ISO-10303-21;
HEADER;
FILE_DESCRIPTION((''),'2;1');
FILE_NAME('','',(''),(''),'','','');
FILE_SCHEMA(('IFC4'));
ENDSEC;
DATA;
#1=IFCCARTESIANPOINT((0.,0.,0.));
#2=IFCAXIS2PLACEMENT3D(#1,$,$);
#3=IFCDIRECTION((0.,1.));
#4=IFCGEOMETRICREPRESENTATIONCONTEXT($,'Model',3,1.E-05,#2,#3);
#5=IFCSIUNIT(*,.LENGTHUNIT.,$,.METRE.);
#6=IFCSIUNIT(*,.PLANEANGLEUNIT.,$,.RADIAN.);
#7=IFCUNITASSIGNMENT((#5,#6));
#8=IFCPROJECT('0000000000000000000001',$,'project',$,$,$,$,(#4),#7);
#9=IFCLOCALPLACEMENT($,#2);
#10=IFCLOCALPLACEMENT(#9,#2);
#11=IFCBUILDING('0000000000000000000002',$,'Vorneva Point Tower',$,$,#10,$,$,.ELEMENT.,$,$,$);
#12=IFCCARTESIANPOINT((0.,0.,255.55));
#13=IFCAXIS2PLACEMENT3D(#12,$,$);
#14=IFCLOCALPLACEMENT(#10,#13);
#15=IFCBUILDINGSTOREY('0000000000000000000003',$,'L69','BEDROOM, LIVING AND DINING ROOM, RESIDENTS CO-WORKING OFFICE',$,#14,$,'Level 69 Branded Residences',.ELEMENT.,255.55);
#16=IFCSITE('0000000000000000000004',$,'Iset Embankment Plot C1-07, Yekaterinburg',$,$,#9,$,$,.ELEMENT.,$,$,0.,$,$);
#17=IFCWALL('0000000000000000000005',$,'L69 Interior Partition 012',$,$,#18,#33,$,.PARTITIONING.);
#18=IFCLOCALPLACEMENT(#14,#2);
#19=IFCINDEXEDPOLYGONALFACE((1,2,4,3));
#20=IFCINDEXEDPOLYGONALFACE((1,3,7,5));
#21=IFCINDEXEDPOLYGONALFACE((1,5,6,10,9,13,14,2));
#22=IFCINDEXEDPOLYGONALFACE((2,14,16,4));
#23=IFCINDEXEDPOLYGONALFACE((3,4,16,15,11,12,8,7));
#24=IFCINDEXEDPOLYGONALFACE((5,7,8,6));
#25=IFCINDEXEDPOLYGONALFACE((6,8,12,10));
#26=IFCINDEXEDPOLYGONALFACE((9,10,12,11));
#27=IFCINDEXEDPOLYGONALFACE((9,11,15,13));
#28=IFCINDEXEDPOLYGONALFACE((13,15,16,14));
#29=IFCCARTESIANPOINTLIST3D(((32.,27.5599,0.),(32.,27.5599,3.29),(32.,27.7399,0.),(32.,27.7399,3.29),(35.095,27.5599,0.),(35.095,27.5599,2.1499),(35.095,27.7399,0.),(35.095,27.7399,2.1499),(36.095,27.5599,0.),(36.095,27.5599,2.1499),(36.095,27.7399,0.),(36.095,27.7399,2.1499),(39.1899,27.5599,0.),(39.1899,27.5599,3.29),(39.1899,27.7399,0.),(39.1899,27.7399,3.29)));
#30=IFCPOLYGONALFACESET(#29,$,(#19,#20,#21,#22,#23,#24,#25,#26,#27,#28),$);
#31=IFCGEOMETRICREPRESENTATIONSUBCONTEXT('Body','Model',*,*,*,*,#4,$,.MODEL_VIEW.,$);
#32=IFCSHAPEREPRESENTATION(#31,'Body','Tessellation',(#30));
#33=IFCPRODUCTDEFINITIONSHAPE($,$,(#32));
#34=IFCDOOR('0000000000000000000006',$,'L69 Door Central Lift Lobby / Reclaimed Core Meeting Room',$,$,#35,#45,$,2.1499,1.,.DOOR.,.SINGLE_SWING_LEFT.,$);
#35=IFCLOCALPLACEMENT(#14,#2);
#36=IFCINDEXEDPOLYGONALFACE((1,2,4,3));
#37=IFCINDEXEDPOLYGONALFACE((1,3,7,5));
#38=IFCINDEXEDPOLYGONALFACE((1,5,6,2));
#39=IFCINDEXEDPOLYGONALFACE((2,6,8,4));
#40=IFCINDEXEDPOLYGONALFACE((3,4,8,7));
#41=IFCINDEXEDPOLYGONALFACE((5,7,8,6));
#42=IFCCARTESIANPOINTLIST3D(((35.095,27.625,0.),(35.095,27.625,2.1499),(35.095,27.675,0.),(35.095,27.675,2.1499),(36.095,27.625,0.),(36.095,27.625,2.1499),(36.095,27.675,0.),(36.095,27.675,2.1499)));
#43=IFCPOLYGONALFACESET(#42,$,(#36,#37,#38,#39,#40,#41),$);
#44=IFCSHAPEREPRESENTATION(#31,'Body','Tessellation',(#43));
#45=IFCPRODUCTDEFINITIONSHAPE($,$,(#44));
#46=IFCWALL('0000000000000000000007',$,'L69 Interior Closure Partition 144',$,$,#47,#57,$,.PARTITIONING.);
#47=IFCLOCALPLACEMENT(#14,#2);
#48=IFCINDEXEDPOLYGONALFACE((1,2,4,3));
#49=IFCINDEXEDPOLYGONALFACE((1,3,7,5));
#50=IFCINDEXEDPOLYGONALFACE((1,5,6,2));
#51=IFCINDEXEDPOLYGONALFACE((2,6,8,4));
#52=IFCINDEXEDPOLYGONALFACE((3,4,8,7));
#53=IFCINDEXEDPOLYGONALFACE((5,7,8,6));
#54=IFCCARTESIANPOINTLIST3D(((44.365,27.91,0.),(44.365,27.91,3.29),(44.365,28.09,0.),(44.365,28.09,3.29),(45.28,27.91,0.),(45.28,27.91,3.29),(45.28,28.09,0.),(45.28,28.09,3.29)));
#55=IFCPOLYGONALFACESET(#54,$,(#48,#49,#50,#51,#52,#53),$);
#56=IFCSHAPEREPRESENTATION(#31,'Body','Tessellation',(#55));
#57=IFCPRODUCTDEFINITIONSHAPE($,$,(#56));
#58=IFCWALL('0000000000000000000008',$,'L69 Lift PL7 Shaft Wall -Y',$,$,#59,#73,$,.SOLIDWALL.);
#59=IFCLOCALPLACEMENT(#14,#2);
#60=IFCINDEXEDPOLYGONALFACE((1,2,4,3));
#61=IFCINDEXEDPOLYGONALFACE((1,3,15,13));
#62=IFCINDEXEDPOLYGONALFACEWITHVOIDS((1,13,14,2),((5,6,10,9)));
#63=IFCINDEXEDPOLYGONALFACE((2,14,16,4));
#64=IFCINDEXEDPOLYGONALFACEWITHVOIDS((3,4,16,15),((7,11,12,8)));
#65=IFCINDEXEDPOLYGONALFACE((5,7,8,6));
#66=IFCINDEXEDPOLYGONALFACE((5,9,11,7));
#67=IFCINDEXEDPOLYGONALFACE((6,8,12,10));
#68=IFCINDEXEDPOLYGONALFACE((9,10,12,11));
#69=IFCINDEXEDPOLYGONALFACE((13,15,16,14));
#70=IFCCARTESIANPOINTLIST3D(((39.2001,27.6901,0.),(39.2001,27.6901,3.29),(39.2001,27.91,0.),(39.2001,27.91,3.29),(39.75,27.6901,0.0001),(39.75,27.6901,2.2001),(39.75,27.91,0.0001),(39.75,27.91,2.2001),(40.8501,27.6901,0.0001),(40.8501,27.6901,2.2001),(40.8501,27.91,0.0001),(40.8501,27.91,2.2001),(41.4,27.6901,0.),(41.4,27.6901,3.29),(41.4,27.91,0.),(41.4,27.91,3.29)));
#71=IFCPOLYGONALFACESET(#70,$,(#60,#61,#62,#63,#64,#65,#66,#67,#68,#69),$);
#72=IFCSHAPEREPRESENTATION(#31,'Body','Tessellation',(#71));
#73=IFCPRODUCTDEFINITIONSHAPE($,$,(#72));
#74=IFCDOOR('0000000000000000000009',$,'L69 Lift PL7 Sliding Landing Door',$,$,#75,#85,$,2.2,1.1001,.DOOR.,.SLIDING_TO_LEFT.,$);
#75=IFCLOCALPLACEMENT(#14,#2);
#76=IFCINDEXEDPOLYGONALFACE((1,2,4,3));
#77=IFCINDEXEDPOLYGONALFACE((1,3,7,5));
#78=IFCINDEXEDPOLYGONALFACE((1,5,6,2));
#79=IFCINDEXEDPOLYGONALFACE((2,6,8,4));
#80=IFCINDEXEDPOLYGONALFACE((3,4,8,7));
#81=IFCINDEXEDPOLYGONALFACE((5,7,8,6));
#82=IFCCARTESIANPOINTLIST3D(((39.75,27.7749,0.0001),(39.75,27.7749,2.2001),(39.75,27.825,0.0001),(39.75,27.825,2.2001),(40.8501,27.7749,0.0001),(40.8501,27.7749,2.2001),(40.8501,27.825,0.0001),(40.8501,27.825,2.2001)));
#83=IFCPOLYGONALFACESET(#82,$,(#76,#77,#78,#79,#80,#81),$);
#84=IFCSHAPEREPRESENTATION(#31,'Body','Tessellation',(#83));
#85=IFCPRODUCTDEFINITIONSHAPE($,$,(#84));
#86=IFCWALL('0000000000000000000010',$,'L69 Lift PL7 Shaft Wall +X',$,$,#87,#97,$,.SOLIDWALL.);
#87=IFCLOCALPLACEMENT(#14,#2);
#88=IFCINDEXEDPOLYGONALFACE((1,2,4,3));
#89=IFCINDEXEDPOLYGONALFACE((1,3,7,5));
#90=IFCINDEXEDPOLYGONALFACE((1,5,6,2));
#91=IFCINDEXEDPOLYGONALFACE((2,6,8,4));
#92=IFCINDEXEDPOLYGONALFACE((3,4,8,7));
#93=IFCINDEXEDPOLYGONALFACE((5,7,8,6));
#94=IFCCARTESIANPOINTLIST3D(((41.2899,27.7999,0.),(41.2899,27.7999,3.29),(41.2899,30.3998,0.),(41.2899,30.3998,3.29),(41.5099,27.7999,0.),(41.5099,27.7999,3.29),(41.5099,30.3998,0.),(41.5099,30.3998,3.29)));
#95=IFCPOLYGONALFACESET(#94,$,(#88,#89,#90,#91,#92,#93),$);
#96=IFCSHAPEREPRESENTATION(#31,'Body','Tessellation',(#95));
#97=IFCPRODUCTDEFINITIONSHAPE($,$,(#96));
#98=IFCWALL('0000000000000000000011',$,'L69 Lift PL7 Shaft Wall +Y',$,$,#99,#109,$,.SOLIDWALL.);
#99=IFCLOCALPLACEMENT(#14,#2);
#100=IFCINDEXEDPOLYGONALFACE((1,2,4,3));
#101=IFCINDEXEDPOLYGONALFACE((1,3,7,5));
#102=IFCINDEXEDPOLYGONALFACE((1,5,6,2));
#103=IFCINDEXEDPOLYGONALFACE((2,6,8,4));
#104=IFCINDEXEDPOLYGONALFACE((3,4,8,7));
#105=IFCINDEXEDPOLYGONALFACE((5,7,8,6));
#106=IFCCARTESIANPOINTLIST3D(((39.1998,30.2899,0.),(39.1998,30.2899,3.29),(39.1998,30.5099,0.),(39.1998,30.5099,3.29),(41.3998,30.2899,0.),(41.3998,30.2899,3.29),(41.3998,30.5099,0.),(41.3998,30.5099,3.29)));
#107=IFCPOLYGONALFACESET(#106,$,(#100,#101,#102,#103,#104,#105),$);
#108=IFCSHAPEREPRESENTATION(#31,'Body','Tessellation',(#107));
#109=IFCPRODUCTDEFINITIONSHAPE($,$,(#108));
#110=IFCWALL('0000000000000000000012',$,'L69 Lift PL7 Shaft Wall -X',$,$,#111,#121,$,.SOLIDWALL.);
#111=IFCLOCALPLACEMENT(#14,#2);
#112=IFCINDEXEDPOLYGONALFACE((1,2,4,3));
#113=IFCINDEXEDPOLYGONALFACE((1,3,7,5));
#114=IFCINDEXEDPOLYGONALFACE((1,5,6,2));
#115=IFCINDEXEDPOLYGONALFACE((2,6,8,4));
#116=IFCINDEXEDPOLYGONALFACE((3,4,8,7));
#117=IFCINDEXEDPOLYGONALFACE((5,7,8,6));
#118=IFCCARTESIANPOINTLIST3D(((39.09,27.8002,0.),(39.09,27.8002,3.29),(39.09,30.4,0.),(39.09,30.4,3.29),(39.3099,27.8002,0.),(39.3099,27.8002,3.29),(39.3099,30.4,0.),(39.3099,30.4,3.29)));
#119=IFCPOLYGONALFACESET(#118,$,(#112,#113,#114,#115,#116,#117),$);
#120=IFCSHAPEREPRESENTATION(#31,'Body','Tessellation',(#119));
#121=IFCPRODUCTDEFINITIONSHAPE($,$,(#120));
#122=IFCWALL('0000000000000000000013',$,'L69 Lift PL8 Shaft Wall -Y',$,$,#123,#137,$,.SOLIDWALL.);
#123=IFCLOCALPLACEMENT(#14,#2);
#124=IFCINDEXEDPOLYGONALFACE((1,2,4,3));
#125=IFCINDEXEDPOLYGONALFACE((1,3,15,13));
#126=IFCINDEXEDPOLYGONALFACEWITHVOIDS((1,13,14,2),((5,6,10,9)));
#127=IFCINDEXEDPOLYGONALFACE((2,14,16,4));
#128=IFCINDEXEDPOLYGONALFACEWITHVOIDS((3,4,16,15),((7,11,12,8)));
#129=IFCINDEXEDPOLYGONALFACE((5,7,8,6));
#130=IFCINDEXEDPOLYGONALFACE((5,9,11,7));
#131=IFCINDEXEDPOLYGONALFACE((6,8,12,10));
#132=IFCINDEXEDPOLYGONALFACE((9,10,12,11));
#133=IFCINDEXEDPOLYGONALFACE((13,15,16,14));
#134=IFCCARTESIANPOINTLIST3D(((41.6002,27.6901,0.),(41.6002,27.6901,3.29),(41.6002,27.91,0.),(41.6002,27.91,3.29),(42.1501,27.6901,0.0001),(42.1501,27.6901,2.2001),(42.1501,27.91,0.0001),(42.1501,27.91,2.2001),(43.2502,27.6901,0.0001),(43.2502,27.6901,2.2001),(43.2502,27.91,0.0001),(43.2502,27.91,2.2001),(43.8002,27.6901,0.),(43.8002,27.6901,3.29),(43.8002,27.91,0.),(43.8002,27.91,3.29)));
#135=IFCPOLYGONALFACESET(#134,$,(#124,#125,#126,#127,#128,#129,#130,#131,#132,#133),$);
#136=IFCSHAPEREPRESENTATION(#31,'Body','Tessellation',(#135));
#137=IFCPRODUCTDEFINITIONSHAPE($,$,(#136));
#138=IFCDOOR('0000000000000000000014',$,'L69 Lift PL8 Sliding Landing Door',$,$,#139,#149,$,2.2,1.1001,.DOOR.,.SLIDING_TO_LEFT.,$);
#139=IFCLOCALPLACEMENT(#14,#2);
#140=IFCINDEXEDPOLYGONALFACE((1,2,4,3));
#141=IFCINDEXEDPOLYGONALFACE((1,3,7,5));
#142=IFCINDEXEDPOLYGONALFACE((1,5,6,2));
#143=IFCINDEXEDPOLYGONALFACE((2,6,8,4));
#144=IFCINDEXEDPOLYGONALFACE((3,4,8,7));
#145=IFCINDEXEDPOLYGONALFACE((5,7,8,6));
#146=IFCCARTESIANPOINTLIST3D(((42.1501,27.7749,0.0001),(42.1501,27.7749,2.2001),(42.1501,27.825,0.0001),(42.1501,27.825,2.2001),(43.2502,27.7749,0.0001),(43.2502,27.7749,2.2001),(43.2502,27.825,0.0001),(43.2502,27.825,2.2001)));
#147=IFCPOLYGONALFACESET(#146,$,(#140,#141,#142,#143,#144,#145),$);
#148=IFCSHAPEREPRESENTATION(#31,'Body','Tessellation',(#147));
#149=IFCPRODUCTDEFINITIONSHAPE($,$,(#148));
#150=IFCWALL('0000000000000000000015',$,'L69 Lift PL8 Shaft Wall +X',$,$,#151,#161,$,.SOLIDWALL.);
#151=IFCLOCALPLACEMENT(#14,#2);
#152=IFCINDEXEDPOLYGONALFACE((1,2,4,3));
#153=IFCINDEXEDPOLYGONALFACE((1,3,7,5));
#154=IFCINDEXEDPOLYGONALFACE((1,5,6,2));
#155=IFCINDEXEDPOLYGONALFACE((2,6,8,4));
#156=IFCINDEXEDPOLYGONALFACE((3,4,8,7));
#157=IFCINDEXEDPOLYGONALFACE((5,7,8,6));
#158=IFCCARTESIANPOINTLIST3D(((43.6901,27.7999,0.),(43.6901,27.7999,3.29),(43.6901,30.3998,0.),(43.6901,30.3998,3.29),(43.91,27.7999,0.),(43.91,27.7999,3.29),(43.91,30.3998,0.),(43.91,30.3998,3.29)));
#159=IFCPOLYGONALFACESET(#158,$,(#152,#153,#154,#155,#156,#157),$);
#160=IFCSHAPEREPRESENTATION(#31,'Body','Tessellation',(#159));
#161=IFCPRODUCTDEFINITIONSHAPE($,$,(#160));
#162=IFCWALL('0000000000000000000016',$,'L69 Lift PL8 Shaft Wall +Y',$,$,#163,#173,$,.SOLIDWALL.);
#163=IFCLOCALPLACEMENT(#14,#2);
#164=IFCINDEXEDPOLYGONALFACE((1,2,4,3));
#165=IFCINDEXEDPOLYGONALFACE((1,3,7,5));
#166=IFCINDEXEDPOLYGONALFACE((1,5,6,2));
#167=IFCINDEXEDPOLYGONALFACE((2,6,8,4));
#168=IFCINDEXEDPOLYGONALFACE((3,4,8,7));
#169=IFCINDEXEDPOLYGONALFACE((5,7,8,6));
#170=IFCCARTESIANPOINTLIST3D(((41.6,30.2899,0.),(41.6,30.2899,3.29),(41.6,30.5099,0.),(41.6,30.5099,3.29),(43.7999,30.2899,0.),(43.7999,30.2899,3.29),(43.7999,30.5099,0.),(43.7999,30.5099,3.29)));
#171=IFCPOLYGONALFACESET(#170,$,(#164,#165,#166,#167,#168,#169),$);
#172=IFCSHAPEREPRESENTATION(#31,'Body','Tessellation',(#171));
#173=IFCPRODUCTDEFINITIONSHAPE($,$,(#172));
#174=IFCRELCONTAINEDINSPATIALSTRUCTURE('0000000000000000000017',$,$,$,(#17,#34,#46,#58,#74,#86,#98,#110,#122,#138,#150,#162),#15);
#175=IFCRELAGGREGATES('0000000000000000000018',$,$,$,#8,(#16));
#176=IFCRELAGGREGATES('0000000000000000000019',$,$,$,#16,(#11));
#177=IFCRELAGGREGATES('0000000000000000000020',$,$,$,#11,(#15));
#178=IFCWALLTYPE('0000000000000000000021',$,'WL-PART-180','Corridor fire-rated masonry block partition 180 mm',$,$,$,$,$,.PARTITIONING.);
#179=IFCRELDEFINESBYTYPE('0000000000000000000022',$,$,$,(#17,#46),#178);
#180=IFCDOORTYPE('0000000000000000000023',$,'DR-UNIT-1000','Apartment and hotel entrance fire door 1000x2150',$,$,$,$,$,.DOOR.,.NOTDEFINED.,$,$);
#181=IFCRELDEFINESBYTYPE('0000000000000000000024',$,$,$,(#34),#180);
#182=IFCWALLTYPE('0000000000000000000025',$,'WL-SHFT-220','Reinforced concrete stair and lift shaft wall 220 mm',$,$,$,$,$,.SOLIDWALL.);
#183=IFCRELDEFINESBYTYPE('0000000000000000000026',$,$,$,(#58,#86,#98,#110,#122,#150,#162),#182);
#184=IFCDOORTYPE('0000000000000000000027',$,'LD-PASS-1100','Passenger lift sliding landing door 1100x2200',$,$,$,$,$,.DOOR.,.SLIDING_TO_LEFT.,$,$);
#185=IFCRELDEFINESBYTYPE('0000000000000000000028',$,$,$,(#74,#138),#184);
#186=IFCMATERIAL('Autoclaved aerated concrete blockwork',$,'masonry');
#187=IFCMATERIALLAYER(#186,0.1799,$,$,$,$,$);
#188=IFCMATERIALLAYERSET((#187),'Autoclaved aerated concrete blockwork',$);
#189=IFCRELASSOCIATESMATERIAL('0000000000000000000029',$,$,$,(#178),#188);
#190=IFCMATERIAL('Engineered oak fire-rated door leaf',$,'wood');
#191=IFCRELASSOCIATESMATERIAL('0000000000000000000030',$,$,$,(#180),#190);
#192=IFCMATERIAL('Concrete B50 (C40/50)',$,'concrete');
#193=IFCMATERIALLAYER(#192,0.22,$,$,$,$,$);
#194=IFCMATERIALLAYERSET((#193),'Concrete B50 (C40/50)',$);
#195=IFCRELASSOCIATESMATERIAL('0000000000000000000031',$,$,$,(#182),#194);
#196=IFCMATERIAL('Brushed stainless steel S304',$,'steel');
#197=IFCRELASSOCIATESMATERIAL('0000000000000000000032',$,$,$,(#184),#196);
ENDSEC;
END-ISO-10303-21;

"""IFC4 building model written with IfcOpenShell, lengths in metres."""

from ifc_helpers import new_model, si_unit, direction, frame, frame_2d, origin, place, context, subcontext, project, spatial, rectangle, extrude, material, layer, layer_set, type_object, element, fill, save


model = new_model("IFC4")

# Units and contexts
model_context = context("Model", 3, precision=1e-05, world=origin(), true_north=direction((0.0, 1.0)))
body_context = subcontext(model_context, "Body", "Model", "MODEL_VIEW")
ifc_project = project(units=[si_unit("LENGTHUNIT", "METRE"), si_unit("PLANEANGLEUNIT", "RADIAN")], contexts=[model_context])

# Site, building, storey
site_placement = place(None, origin())
site = spatial("IfcSite", under=ifc_project, at=site_placement, Name="Iset Embankment Plot C1-07, Yekaterinburg", CompositionType="ELEMENT", RefElevation=0.0)
building_placement = place(site_placement, origin())
building = spatial("IfcBuilding", under=site, at=building_placement, Name="Vorneva Point Tower", CompositionType="ELEMENT")
storey_placement = place(building_placement, frame((0.0, 0.0, 255.55)))
storey = spatial("IfcBuildingStorey", under=building, at=storey_placement, Name="L69", Description="BEDROOM, LIVING AND DINING ROOM, RESIDENTS CO-WORKING OFFICE", LongName="Level 69 Branded Residences", CompositionType="ELEMENT", Elevation=255.55)

# Shared definitions
ifc_material_1 = material(Name="Concrete B50 (C40/50)", Category="concrete")

# Shared definitions
ifc_material_2 = material(Name="Brushed stainless steel S304", Category="steel")

# Wall, opening, door
ifc_material_3 = material(Name="Autoclaved aerated concrete blockwork", Category="masonry")
ifc_layer_1 = layer(ifc_material_3, 0.1799)
ifc_layer_set_1 = layer_set([ifc_layer_1], Name="Autoclaved aerated concrete blockwork")
wall_type_1 = type_object("IfcWallType", Name="WL-PART-180", Description="Corridor fire-rated masonry block partition 180 mm", PredefinedType="PARTITIONING", material=ifc_layer_set_1)
wall_1_placement = place(storey_placement, frame((39.1899, 27.6499, 0.0), z_axis=(0.0, 0.0, 1.0), x_axis=(-1.0, 0.0, 0.0)))
wall_1 = element("IfcWall", 1, at=wall_1_placement, inside=storey, type_object=wall_type_1, Name="L69 Interior Partition 012", PredefinedType="PARTITIONING", context=body_context, shape_type="SweptSolid", body=[
    extrude(rectangle(XDim=7.1899, YDim=0.1799, at=frame_2d((3.595, 0.0))), origin(), (0.0, 0.0, 1.0), 3.29),
])
opening_1_placement = place(wall_1_placement, frame((3.095, 0.0, 0.0)))
opening_1 = element("IfcOpeningElement", 2, at=opening_1_placement, cuts=wall_1, PredefinedType="OPENING", context=body_context, shape_type="SweptSolid", body=[
    extrude(rectangle(XDim=1.0, YDim=2.1499, at=frame_2d((0.5, 1.075))), frame((0.0, 0.105, 0.0), z_axis=(0.0, -1.0, 0.0), x_axis=(1.0, 0.0, 0.0)), (0.0, 0.0, 1.0), 0.2097),
])
ifc_material_4 = material(Name="Engineered oak fire-rated door leaf", Category="wood")
door_type_1 = type_object("IfcDoorType", Name="DR-UNIT-1000", Description="Apartment and hotel entrance fire door 1000x2150", OperationType="NOTDEFINED", PredefinedType="DOOR", material=ifc_material_4)
door_1_placement = place(opening_1_placement, origin())
door_1 = element("IfcDoor", 3, at=door_1_placement, inside=storey, type_object=door_type_1, Name="L69 Door Central Lift Lobby / Reclaimed Core Meeting Room", OperationType="SINGLE_SWING_LEFT", OverallHeight=2.1499, OverallWidth=1.0, PredefinedType="DOOR", context=body_context, shape_type="SweptSolid", body=[
    extrude(rectangle(XDim=1.0, YDim=2.1499, at=frame_2d((0.5, 1.075))), frame((0.0, 0.0249, 0.0), z_axis=(0.0, -1.0, 0.0), x_axis=(1.0, 0.0, 0.0)), (0.0, 0.0, 1.0), 0.05),
])
fill(opening_1, door_1)

# Wall
wall_2_placement = place(storey_placement, frame((45.28, 28.0, 0.0), z_axis=(0.0, 0.0, 1.0), x_axis=(-1.0, 0.0, 0.0)))
element("IfcWall", 4, at=wall_2_placement, inside=storey, type_object=wall_type_1, Name="L69 Interior Closure Partition 144", PredefinedType="PARTITIONING", context=body_context, shape_type="SweptSolid", body=[
    extrude(rectangle(XDim=0.915, YDim=0.1799, at=frame_2d((0.4575, 0.0))), origin(), (0.0, 0.0, 1.0), 3.29),
])

# Wall, opening, door
ifc_layer_2 = layer(ifc_material_1, 0.22)
ifc_layer_set_2 = layer_set([ifc_layer_2], Name="Concrete B50 (C40/50)")
wall_type_2 = type_object("IfcWallType", Name="WL-SHFT-220", Description="Reinforced concrete stair and lift shaft wall 220 mm", PredefinedType="SOLIDWALL", material=ifc_layer_set_2)
wall_3_placement = place(storey_placement, frame((39.2, 27.8, 0.0), z_axis=(0.0, 0.0, 1.0), x_axis=(1.0, 0.0, 0.0)))
wall_3 = element("IfcWall", 5, at=wall_3_placement, inside=storey, type_object=wall_type_2, Name="L69 Lift PL7 Shaft Wall -Y", PredefinedType="SOLIDWALL", context=body_context, shape_type="SweptSolid", body=[
    extrude(rectangle(XDim=2.2, YDim=0.22, at=frame_2d((1.1001, 0.0))), origin(), (0.0, 0.0, 1.0), 3.29),
])
opening_2_placement = place(wall_3_placement, frame((0.55, 0.0, 0.0)))
opening_2 = element("IfcOpeningElement", 6, at=opening_2_placement, cuts=wall_3, PredefinedType="OPENING", context=body_context, shape_type="SweptSolid", body=[
    extrude(rectangle(XDim=1.1001, YDim=2.2, at=frame_2d((0.55, 1.1001))), frame((0.0, 0.125, 0.0), z_axis=(0.0, -1.0, 0.0), x_axis=(1.0, 0.0, 0.0)), (0.0, 0.0, 1.0), 0.2498),
])
door_type_2 = type_object("IfcDoorType", Name="LD-PASS-1100", Description="Passenger lift sliding landing door 1100x2200", OperationType="SLIDING_TO_LEFT", PredefinedType="DOOR", material=ifc_material_2)
door_2_placement = place(opening_2_placement, origin())
door_2 = element("IfcDoor", 7, at=door_2_placement, inside=storey, type_object=door_type_2, Name="L69 Lift PL7 Sliding Landing Door", OperationType="SLIDING_TO_LEFT", OverallHeight=2.2, OverallWidth=1.1001, PredefinedType="DOOR", context=body_context, shape_type="SweptSolid", body=[
    extrude(rectangle(XDim=1.1001, YDim=2.2, at=frame_2d((0.55, 1.1001))), frame((0.0, 0.0249, 0.0), z_axis=(0.0, -1.0, 0.0), x_axis=(1.0, 0.0, 0.0)), (0.0, 0.0, 1.0), 0.05),
])
fill(opening_2, door_2)

# Walls
wall_4_placement = place(storey_placement, frame((41.3999, 27.8, 0.0), z_axis=(0.0, 0.0, 1.0), x_axis=(0.0, 1.0, 0.0)))
element("IfcWall", 8, at=wall_4_placement, inside=storey, type_object=wall_type_2, Name="L69 Lift PL7 Shaft Wall +X", PredefinedType="SOLIDWALL", context=body_context, shape_type="SweptSolid", body=[
    extrude(rectangle(XDim=2.5999, YDim=0.22, at=frame_2d((1.2998, 0.0))), origin(), (0.0, 0.0, 1.0), 3.29),
])
wall_5_placement = place(storey_placement, frame((41.3999, 30.3999, 0.0), z_axis=(0.0, 0.0, 1.0), x_axis=(-1.0, 0.0, 0.0)))
element("IfcWall", 9, at=wall_5_placement, inside=storey, type_object=wall_type_2, Name="L69 Lift PL7 Shaft Wall +Y", PredefinedType="SOLIDWALL", context=body_context, shape_type="SweptSolid", body=[
    extrude(rectangle(XDim=2.2, YDim=0.22, at=frame_2d((1.1001, 0.0))), origin(), (0.0, 0.0, 1.0), 3.29),
])
wall_6_placement = place(storey_placement, frame((39.2, 30.3999, 0.0), z_axis=(0.0, 0.0, 1.0), x_axis=(0.0, -1.0, 0.0)))
element("IfcWall", 10, at=wall_6_placement, inside=storey, type_object=wall_type_2, Name="L69 Lift PL7 Shaft Wall -X", PredefinedType="SOLIDWALL", context=body_context, shape_type="SweptSolid", body=[
    extrude(rectangle(XDim=2.5999, YDim=0.22, at=frame_2d((1.2998, 0.0))), origin(), (0.0, 0.0, 1.0), 3.29),
])

# Wall, opening, door
wall_7_placement = place(storey_placement, frame((41.6001, 27.8, 0.0), z_axis=(0.0, 0.0, 1.0), x_axis=(1.0, 0.0, 0.0)))
wall_7 = element("IfcWall", 11, at=wall_7_placement, inside=storey, type_object=wall_type_2, Name="L69 Lift PL8 Shaft Wall -Y", PredefinedType="SOLIDWALL", context=body_context, shape_type="SweptSolid", body=[
    extrude(rectangle(XDim=2.2, YDim=0.22, at=frame_2d((1.1001, 0.0))), origin(), (0.0, 0.0, 1.0), 3.29),
])
opening_3_placement = place(wall_7_placement, frame((0.55, 0.0, 0.0)))
opening_3 = element("IfcOpeningElement", 12, at=opening_3_placement, cuts=wall_7, PredefinedType="OPENING", context=body_context, shape_type="SweptSolid", body=[
    extrude(rectangle(XDim=1.1001, YDim=2.2, at=frame_2d((0.55, 1.1001))), frame((0.0, 0.125, 0.0), z_axis=(0.0, -1.0, 0.0), x_axis=(1.0, 0.0, 0.0)), (0.0, 0.0, 1.0), 0.2498),
])
door_3_placement = place(opening_3_placement, origin())
door_3 = element("IfcDoor", 13, at=door_3_placement, inside=storey, type_object=door_type_2, Name="L69 Lift PL8 Sliding Landing Door", OperationType="SLIDING_TO_LEFT", OverallHeight=2.2, OverallWidth=1.1001, PredefinedType="DOOR", context=body_context, shape_type="SweptSolid", body=[
    extrude(rectangle(XDim=1.1001, YDim=2.2, at=frame_2d((0.55, 1.1001))), frame((0.0, 0.0249, 0.0), z_axis=(0.0, -1.0, 0.0), x_axis=(1.0, 0.0, 0.0)), (0.0, 0.0, 1.0), 0.05),
])
fill(opening_3, door_3)

# Walls
wall_8_placement = place(storey_placement, frame((43.8, 27.8, 0.0), z_axis=(0.0, 0.0, 1.0), x_axis=(0.0, 1.0, 0.0)))
element("IfcWall", 14, at=wall_8_placement, inside=storey, type_object=wall_type_2, Name="L69 Lift PL8 Shaft Wall +X", PredefinedType="SOLIDWALL", context=body_context, shape_type="SweptSolid", body=[
    extrude(rectangle(XDim=2.5999, YDim=0.22, at=frame_2d((1.2998, 0.0))), origin(), (0.0, 0.0, 1.0), 3.29),
])
wall_9_placement = place(storey_placement, frame((43.8, 30.3999, 0.0), z_axis=(0.0, 0.0, 1.0), x_axis=(-1.0, 0.0, 0.0)))
element("IfcWall", 15, at=wall_9_placement, inside=storey, type_object=wall_type_2, Name="L69 Lift PL8 Shaft Wall +Y", PredefinedType="SOLIDWALL", context=body_context, shape_type="SweptSolid", body=[
    extrude(rectangle(XDim=2.2, YDim=0.22, at=frame_2d((1.1001, 0.0))), origin(), (0.0, 0.0, 1.0), 3.29),
])

save(model, "model.ifc")
